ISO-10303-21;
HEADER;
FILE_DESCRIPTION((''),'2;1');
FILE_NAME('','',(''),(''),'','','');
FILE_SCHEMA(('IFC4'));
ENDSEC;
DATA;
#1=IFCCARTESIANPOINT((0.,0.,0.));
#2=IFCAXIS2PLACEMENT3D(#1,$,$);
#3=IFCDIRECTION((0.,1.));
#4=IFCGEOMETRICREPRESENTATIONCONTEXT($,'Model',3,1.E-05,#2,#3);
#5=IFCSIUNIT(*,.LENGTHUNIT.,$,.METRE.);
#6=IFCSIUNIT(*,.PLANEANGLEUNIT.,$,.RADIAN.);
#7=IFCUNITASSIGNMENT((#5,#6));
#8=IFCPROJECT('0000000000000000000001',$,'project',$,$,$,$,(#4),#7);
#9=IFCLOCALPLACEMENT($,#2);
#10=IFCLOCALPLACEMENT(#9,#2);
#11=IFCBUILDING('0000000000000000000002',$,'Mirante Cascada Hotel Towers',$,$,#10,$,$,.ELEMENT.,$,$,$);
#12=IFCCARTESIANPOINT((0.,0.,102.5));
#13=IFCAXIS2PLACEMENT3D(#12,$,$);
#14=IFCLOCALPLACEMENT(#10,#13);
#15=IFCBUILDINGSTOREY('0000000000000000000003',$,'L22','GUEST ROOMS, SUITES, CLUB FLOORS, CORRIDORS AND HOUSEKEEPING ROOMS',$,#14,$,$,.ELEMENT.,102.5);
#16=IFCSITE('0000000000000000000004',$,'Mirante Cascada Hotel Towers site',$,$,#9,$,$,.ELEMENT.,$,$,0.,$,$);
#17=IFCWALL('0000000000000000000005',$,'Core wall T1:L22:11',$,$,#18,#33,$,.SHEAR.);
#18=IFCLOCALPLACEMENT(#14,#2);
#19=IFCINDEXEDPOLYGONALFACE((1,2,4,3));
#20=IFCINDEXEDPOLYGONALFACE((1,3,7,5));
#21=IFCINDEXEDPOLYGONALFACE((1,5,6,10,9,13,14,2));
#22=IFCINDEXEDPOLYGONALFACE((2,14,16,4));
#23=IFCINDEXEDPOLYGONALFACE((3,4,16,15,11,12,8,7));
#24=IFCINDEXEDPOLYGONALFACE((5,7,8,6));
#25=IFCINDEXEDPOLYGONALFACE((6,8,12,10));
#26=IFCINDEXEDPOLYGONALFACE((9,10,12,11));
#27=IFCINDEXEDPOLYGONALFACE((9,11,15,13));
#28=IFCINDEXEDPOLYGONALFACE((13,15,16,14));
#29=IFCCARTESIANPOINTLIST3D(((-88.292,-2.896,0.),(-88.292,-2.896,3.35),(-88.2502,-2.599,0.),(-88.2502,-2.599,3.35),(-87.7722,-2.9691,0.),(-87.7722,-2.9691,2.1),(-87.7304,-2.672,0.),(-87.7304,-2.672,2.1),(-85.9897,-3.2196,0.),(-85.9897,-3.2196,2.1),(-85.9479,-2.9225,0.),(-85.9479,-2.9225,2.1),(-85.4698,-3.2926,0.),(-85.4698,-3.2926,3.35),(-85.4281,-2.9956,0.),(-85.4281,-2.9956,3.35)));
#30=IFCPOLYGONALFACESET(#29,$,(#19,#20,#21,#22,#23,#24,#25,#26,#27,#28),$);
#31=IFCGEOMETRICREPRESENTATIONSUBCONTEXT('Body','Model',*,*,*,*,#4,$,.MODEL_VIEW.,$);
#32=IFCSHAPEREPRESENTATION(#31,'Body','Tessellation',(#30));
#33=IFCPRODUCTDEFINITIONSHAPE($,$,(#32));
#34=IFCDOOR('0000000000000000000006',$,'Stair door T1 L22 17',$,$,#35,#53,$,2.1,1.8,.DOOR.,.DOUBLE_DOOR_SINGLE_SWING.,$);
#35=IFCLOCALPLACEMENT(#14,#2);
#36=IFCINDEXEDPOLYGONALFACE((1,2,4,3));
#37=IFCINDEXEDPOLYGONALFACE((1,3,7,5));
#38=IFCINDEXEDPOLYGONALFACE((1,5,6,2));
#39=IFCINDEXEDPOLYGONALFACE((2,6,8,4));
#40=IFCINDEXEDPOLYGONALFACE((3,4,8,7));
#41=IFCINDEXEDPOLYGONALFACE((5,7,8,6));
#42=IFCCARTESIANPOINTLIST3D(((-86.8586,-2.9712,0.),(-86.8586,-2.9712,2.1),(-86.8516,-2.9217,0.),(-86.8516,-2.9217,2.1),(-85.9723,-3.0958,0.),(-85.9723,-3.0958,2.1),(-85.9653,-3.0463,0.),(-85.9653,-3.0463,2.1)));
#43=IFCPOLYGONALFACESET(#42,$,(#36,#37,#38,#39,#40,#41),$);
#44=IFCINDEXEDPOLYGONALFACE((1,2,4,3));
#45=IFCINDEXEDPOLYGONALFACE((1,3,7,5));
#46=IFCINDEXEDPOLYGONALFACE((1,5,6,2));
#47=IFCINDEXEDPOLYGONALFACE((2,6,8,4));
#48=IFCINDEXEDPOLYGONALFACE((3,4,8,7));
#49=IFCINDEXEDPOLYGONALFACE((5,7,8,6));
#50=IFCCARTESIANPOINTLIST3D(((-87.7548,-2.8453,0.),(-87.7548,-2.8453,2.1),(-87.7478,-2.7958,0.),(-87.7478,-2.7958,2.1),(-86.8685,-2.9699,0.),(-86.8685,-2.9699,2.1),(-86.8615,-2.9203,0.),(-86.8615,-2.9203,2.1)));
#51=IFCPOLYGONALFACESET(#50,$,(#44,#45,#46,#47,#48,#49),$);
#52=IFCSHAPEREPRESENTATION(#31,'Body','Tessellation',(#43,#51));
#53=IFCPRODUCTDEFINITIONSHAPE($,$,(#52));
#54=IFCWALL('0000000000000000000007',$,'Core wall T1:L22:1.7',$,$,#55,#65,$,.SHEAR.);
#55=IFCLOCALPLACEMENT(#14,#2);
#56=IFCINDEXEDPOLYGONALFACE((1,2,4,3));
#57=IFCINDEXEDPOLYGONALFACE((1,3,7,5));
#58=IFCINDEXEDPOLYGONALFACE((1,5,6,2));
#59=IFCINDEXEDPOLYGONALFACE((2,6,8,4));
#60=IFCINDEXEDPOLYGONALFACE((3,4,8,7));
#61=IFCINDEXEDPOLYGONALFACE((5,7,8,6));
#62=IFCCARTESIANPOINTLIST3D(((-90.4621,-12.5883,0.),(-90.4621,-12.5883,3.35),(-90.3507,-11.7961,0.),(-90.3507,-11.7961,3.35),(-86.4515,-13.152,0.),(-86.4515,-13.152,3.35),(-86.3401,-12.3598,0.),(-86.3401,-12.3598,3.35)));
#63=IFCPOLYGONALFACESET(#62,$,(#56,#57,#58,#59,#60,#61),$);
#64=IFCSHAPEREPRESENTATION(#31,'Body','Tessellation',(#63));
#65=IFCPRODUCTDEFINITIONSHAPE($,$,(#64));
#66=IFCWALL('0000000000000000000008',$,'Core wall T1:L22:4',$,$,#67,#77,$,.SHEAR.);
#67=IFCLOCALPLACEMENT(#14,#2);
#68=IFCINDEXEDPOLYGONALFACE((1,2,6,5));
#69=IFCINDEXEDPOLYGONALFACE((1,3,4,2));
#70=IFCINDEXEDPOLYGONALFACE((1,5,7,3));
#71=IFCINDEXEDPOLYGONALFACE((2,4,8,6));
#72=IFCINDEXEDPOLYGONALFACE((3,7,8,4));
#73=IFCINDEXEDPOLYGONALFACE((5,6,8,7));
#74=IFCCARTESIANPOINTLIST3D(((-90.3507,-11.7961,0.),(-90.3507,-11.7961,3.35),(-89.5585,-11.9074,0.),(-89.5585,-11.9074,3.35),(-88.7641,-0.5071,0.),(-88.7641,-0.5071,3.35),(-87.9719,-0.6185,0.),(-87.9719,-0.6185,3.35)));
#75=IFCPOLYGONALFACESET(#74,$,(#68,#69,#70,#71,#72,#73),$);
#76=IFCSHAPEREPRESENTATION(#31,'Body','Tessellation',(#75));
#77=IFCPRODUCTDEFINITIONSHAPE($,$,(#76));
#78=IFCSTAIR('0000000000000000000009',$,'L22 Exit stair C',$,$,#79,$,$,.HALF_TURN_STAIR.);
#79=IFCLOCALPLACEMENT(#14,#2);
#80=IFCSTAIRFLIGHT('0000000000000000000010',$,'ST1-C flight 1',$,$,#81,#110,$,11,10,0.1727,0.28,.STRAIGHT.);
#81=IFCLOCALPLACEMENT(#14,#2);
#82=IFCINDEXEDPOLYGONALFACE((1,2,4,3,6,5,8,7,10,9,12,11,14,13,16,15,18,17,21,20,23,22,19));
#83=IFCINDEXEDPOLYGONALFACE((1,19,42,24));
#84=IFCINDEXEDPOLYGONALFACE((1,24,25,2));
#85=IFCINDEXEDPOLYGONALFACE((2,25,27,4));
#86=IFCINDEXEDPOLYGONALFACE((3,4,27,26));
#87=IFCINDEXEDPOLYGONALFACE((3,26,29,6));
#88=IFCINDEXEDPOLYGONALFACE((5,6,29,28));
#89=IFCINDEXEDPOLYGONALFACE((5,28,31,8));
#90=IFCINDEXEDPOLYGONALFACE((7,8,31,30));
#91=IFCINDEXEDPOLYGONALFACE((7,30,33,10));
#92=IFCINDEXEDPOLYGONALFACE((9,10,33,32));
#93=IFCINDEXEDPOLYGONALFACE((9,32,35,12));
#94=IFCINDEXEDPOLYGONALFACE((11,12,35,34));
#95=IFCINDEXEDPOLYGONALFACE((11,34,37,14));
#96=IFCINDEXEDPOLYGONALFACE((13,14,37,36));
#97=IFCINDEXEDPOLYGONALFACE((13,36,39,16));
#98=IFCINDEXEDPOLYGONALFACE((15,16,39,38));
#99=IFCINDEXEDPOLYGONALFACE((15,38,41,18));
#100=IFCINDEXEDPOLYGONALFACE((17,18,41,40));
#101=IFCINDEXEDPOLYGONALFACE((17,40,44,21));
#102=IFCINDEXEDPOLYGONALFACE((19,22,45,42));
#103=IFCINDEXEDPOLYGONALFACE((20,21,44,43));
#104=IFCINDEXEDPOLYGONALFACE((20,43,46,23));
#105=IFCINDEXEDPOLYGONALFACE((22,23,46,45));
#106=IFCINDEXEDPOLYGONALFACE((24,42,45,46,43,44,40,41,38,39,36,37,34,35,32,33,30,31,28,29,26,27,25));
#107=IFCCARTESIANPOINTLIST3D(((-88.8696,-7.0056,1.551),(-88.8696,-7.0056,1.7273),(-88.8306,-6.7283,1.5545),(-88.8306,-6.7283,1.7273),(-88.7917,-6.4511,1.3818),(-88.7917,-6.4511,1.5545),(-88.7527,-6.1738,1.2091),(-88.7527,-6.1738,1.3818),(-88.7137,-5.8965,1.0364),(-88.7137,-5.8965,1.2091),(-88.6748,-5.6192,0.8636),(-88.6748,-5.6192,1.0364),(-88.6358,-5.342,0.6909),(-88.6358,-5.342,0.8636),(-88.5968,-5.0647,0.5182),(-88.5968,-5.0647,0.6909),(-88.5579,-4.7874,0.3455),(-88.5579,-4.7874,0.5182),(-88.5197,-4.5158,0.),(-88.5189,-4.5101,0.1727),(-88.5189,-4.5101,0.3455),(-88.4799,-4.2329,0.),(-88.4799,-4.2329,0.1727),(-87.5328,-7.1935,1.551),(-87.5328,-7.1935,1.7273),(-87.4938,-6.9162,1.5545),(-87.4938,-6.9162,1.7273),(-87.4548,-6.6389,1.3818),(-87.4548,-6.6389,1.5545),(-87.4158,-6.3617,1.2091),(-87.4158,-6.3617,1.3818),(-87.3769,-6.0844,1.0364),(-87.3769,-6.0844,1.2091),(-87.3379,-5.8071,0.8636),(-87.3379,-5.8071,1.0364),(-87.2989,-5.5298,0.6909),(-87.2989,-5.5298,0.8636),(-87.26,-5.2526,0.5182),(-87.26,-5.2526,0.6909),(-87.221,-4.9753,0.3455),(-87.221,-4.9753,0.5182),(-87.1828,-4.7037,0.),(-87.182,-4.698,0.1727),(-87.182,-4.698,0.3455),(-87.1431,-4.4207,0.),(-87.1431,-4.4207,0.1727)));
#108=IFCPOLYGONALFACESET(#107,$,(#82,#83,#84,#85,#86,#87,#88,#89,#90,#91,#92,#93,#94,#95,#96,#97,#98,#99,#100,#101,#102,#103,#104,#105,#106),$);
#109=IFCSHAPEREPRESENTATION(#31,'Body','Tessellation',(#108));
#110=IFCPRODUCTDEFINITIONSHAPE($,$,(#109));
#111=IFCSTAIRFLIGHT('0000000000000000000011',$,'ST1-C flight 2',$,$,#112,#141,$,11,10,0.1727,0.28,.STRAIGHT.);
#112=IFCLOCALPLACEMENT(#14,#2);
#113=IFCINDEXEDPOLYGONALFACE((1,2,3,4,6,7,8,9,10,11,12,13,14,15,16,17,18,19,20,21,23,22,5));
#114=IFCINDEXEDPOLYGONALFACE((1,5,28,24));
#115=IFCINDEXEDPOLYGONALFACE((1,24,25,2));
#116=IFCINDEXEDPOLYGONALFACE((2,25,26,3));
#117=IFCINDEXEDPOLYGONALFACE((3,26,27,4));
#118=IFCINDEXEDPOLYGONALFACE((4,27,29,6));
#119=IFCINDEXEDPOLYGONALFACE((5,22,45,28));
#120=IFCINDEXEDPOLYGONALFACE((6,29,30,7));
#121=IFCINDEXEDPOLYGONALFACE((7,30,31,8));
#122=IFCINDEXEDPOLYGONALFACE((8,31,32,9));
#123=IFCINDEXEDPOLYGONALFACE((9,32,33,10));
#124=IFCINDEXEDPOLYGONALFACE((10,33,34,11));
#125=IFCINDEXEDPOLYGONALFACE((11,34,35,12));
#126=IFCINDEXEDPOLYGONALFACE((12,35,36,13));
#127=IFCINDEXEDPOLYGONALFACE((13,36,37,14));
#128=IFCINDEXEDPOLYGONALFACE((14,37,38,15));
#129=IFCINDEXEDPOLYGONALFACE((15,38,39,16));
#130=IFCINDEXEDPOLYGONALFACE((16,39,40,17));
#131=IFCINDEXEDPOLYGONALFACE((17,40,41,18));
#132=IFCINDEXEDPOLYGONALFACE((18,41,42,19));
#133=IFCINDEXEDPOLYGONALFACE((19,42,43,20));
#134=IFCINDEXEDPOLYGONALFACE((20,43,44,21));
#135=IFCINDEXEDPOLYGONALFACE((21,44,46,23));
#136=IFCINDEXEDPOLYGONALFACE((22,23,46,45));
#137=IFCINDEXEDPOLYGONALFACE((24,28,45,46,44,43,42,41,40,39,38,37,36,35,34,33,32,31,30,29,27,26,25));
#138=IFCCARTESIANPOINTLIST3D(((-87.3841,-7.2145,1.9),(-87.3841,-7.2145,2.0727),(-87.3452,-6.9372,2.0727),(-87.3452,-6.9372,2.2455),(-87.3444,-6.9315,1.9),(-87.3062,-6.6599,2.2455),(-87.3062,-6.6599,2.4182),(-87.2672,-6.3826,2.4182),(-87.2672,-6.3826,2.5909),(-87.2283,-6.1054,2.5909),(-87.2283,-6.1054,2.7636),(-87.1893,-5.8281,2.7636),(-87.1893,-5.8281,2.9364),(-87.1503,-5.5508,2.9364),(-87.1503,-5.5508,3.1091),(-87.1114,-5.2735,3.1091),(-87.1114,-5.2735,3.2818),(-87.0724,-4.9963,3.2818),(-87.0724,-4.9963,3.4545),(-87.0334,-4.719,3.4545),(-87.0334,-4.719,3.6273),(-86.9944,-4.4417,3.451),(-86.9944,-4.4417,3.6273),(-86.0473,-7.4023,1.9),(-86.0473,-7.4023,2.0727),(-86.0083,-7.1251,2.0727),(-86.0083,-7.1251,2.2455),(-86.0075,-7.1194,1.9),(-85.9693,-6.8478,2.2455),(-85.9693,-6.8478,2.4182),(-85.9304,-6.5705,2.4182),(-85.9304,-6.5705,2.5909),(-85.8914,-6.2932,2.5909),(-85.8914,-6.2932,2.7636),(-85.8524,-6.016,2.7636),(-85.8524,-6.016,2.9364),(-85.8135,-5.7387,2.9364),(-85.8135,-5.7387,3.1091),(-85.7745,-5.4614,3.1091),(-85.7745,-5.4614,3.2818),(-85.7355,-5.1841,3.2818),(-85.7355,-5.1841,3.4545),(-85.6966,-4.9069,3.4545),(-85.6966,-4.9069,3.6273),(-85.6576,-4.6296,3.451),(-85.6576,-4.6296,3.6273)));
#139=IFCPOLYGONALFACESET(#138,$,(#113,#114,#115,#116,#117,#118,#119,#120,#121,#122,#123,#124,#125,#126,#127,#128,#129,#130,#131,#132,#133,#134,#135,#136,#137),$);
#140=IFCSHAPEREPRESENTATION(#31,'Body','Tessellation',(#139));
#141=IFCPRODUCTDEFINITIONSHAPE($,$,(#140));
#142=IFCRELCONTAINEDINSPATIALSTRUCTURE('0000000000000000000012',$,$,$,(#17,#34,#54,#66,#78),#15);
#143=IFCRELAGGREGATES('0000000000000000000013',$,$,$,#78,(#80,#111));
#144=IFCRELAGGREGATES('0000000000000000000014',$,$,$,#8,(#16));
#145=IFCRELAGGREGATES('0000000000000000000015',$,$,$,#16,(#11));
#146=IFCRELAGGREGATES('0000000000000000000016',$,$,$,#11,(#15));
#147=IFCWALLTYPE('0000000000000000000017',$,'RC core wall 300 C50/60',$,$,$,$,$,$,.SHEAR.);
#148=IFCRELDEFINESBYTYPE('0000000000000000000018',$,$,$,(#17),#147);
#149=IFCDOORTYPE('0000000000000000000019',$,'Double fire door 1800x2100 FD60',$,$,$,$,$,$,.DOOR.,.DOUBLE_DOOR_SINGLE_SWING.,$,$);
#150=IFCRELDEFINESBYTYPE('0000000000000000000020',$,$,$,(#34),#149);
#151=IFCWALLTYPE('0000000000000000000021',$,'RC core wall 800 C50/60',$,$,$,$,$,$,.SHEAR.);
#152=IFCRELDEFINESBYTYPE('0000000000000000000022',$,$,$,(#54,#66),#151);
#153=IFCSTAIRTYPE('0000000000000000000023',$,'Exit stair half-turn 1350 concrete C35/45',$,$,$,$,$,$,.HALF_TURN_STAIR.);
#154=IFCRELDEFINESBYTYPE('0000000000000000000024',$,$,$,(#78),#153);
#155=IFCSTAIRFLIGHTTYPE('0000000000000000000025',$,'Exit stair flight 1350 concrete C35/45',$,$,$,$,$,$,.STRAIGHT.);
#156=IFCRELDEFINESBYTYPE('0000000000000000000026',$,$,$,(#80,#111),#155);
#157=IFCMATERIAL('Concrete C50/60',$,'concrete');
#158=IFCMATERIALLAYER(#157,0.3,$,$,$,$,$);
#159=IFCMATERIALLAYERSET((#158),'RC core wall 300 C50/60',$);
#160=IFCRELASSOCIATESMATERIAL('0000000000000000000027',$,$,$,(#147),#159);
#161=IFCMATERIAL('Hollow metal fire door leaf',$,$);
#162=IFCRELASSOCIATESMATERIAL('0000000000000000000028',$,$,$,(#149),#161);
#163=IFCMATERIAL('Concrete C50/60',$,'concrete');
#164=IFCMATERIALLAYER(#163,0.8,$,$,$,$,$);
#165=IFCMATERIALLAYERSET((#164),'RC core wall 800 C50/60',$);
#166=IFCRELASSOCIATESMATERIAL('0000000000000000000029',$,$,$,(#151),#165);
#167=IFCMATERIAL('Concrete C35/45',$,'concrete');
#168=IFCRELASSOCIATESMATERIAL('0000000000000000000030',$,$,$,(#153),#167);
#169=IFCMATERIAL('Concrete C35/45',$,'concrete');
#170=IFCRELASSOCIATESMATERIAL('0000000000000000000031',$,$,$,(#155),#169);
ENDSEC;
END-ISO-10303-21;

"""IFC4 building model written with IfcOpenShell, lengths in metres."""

from ifc_helpers import new_model, si_unit, direction, frame, frame_2d, origin, place, context, subcontext, project, spatial, polyline, rectangle, outline, extrude, material, layer, layer_set, type_object, element, fill, aggregate, save


model = new_model("IFC4")

# Units and contexts
model_context = context("Model", 3, precision=1e-05, world=origin(), true_north=direction((0.0, 1.0)))
body_context = subcontext(model_context, "Body", "Model", "MODEL_VIEW")
ifc_project = project(units=[si_unit("LENGTHUNIT", "METRE"), si_unit("PLANEANGLEUNIT", "RADIAN")], contexts=[model_context])

# Site, building, storey
site_placement = place(None, origin())
site = spatial("IfcSite", under=ifc_project, at=site_placement, Name="Mirante Cascada Hotel Towers site", CompositionType="ELEMENT", RefElevation=0.0)
building_placement = place(site_placement, origin())
building = spatial("IfcBuilding", under=site, at=building_placement, Name="Mirante Cascada Hotel Towers", CompositionType="ELEMENT")
storey_placement = place(building_placement, frame((0.0, 0.0, 102.5)))
storey = spatial("IfcBuildingStorey", under=building, at=storey_placement, Name="L22", Description="GUEST ROOMS, SUITES, CLUB FLOORS, CORRIDORS AND HOUSEKEEPING ROOMS", CompositionType="ELEMENT", Elevation=102.5)

# Shared definitions
ifc_material_1 = material(Name="Concrete C50/60", Category="concrete")
ifc_layer_1 = layer(ifc_material_1, 0.3)
ifc_layer_set_1 = layer_set([ifc_layer_1], Name="RC core wall 300 C50/60")
wall_type_1 = type_object("IfcWallType", Name="RC core wall 300 C50/60", PredefinedType="SHEAR", material=ifc_layer_set_1)

# Wall, opening, door
wall_1_placement = place(storey_placement, frame((-85.4489, -3.1441, 0.0), z_axis=(0.0, 0.0, 1.0), x_axis=(-0.99027, 0.139161, 0.0)))
wall_1 = element("IfcWall", 1, at=wall_1_placement, inside=storey, type_object=wall_type_1, Name="Core wall T1:L22:11", PredefinedType="SHEAR", context=body_context, shape_type="SweptSolid", body=[
    extrude(rectangle(XDim=2.8499, YDim=0.3, at=frame_2d((1.425, 0.0))), origin(), (0.0, 0.0, 1.0), 3.35),
])
opening_1_placement = place(wall_1_placement, frame((0.525, 0.0, 0.0)))
opening_1 = element("IfcOpeningElement", 2, at=opening_1_placement, cuts=wall_1, PredefinedType="OPENING", context=body_context, shape_type="SweptSolid", body=[
    extrude(rectangle(XDim=1.8, YDim=2.1, at=frame_2d((0.9, 1.05))), frame((0.0, 0.15, 0.0), z_axis=(0.0, -1.0, 0.0), x_axis=(1.0, 0.0, 0.0)), (0.0, 0.0, 1.0), 0.3),
])
ifc_material_2 = material(Name="Hollow metal fire door leaf")
door_type_1 = type_object("IfcDoorType", Name="Double fire door 1800x2100 FD60", OperationType="DOUBLE_DOOR_SINGLE_SWING", PredefinedType="DOOR", material=ifc_material_2)
door_1_placement = place(opening_1_placement, origin())
door_1 = element("IfcDoor", 3, at=door_1_placement, inside=storey, type_object=door_type_1, Name="Stair door T1 L22 17", OperationType="DOUBLE_DOOR_SINGLE_SWING", OverallHeight=2.1, OverallWidth=1.8, PredefinedType="DOOR", context=body_context, shape_type="SweptSolid", body=[
    extrude(rectangle(XDim=0.895, YDim=2.1, at=frame_2d((0.4475, 1.05))), frame((0.0, 0.025, 0.0), z_axis=(0.0, -1.0, 0.0), x_axis=(1.0, 0.0, 0.0)), (0.0, 0.0, 1.0), 0.05),
    extrude(rectangle(XDim=0.895, YDim=2.1, at=frame_2d((1.3525, 1.05))), frame((0.0, 0.025, 0.0), z_axis=(0.0, -1.0, 0.0), x_axis=(1.0, 0.0, 0.0)), (0.0, 0.0, 1.0), 0.05),
])
fill(opening_1, door_1)

# Walls
ifc_material_3 = material(Name="Concrete C50/60", Category="concrete")
ifc_layer_2 = layer(ifc_material_3, 0.8)
ifc_layer_set_2 = layer_set([ifc_layer_2], Name="RC core wall 800 C50/60")
wall_type_2 = type_object("IfcWallType", Name="RC core wall 800 C50/60", PredefinedType="SHEAR", material=ifc_layer_set_2)
wall_2_placement = place(storey_placement, frame((-86.3958, -12.7559, 0.0), z_axis=(0.0, 0.0, 1.0), x_axis=(-0.990267, 0.139184, 0.0)))
element("IfcWall", 4, at=wall_2_placement, inside=storey, type_object=wall_type_2, Name="Core wall T1:L22:1.7", PredefinedType="SHEAR", context=body_context, shape_type="SweptSolid", body=[
    extrude(rectangle(XDim=4.05, YDim=0.8, at=frame_2d((2.025, 0.0))), origin(), (0.0, 0.0, 1.0), 3.35),
])
wall_3_placement = place(storey_placement, frame((-89.9546, -11.8518, 0.0), z_axis=(0.0, 0.0, 1.0), x_axis=(0.139176, 0.990268, 0.0)))
element("IfcWall", 5, at=wall_3_placement, inside=storey, type_object=wall_type_2, Name="Core wall T1:L22:4", PredefinedType="SHEAR", context=body_context, shape_type="SweptSolid", body=[
    extrude(rectangle(XDim=11.3999, YDim=0.8, at=frame_2d((5.7, 0.0))), origin(), (0.0, 0.0, 1.0), 3.35),
])

# Stair, stair flights
ifc_material_4 = material(Name="Concrete C35/45", Category="concrete")
stair_type = type_object("IfcStairType", Name="Exit stair half-turn 1350 concrete C35/45", PredefinedType="HALF_TURN_STAIR", material=ifc_material_4)
stair_placement = place(storey_placement, origin())
stair = element("IfcStair", 6, at=stair_placement, inside=storey, type_object=stair_type, Name="L22 Exit stair C", PredefinedType="HALF_TURN_STAIR")
ifc_material_5 = material(Name="Concrete C35/45", Category="concrete")
stair_flight_type = type_object("IfcStairFlightType", Name="Exit stair flight 1350 concrete C35/45", PredefinedType="STRAIGHT", material=ifc_material_5)
stair_flight_1_placement = place(storey_placement, frame((-87.8115, -4.3268, 0.0), z_axis=(0.0, 0.0, 1.0), x_axis=(-0.139173, -0.990268, 0.0)))
stair_flight_1 = element("IfcStairFlight", 7, at=stair_flight_1_placement, type_object=stair_flight_type, Name="ST1-C flight 1", NumberOfRisers=11, NumberOfTreads=10, PredefinedType="STRAIGHT", RiserHeight=0.1727, TreadLength=0.28, context=body_context, shape_type="SweptSolid", body=[
    extrude(outline(polyline([(0.0, 0.0), (0.0, 0.1727), (0.28, 0.1727), (0.28, 0.3455), (0.56, 0.3455), (0.56, 0.5182), (0.84, 0.5182), (0.84, 0.6909), (1.12, 0.6909), (1.12, 0.8636), (1.4, 0.8636), (1.4, 1.0364), (1.68, 1.0364), (1.68, 1.2091), (1.96, 1.2091), (1.96, 1.3818), (2.24, 1.3818), (2.24, 1.5545), (2.52, 1.5545), (2.52, 1.7273), (2.8, 1.7273), (2.8, 1.9), (2.8, 1.551), (0.2857, 0.0), (0.0, 0.0)])), frame((0.0, 0.675, 0.0), z_axis=(0.0, -1.0, 0.0), x_axis=(1.0, 0.0, 0.0)), (0.0, 0.0, 1.0), 1.35),
])
stair_flight_2_placement = place(storey_placement, frame((-86.7157, -7.3084, 1.9), z_axis=(0.0, 0.0, 1.0), x_axis=(0.139173, 0.990268, 0.0)))
stair_flight_2 = element("IfcStairFlight", 8, at=stair_flight_2_placement, type_object=stair_flight_type, Name="ST1-C flight 2", NumberOfRisers=11, NumberOfTreads=10, PredefinedType="STRAIGHT", RiserHeight=0.1727, TreadLength=0.28, context=body_context, shape_type="SweptSolid", body=[
    extrude(outline(polyline([(0.0, 0.0), (0.0, 0.1727), (0.28, 0.1727), (0.28, 0.3455), (0.56, 0.3455), (0.56, 0.5182), (0.84, 0.5182), (0.84, 0.6909), (1.12, 0.6909), (1.12, 0.8636), (1.4, 0.8636), (1.4, 1.0364), (1.68, 1.0364), (1.68, 1.2091), (1.96, 1.2091), (1.96, 1.3818), (2.24, 1.3818), (2.24, 1.5545), (2.52, 1.5545), (2.52, 1.7273), (2.8, 1.7273), (2.8, 1.9), (2.8, 1.551), (0.2857, 0.0), (0.0, 0.0)])), frame((0.0, 0.675, 0.0), z_axis=(0.0, -1.0, 0.0), x_axis=(1.0, 0.0, 0.0)), (0.0, 0.0, 1.0), 1.35),
])
aggregate(stair, [stair_flight_1, stair_flight_2])

save(model, "model.ifc")
